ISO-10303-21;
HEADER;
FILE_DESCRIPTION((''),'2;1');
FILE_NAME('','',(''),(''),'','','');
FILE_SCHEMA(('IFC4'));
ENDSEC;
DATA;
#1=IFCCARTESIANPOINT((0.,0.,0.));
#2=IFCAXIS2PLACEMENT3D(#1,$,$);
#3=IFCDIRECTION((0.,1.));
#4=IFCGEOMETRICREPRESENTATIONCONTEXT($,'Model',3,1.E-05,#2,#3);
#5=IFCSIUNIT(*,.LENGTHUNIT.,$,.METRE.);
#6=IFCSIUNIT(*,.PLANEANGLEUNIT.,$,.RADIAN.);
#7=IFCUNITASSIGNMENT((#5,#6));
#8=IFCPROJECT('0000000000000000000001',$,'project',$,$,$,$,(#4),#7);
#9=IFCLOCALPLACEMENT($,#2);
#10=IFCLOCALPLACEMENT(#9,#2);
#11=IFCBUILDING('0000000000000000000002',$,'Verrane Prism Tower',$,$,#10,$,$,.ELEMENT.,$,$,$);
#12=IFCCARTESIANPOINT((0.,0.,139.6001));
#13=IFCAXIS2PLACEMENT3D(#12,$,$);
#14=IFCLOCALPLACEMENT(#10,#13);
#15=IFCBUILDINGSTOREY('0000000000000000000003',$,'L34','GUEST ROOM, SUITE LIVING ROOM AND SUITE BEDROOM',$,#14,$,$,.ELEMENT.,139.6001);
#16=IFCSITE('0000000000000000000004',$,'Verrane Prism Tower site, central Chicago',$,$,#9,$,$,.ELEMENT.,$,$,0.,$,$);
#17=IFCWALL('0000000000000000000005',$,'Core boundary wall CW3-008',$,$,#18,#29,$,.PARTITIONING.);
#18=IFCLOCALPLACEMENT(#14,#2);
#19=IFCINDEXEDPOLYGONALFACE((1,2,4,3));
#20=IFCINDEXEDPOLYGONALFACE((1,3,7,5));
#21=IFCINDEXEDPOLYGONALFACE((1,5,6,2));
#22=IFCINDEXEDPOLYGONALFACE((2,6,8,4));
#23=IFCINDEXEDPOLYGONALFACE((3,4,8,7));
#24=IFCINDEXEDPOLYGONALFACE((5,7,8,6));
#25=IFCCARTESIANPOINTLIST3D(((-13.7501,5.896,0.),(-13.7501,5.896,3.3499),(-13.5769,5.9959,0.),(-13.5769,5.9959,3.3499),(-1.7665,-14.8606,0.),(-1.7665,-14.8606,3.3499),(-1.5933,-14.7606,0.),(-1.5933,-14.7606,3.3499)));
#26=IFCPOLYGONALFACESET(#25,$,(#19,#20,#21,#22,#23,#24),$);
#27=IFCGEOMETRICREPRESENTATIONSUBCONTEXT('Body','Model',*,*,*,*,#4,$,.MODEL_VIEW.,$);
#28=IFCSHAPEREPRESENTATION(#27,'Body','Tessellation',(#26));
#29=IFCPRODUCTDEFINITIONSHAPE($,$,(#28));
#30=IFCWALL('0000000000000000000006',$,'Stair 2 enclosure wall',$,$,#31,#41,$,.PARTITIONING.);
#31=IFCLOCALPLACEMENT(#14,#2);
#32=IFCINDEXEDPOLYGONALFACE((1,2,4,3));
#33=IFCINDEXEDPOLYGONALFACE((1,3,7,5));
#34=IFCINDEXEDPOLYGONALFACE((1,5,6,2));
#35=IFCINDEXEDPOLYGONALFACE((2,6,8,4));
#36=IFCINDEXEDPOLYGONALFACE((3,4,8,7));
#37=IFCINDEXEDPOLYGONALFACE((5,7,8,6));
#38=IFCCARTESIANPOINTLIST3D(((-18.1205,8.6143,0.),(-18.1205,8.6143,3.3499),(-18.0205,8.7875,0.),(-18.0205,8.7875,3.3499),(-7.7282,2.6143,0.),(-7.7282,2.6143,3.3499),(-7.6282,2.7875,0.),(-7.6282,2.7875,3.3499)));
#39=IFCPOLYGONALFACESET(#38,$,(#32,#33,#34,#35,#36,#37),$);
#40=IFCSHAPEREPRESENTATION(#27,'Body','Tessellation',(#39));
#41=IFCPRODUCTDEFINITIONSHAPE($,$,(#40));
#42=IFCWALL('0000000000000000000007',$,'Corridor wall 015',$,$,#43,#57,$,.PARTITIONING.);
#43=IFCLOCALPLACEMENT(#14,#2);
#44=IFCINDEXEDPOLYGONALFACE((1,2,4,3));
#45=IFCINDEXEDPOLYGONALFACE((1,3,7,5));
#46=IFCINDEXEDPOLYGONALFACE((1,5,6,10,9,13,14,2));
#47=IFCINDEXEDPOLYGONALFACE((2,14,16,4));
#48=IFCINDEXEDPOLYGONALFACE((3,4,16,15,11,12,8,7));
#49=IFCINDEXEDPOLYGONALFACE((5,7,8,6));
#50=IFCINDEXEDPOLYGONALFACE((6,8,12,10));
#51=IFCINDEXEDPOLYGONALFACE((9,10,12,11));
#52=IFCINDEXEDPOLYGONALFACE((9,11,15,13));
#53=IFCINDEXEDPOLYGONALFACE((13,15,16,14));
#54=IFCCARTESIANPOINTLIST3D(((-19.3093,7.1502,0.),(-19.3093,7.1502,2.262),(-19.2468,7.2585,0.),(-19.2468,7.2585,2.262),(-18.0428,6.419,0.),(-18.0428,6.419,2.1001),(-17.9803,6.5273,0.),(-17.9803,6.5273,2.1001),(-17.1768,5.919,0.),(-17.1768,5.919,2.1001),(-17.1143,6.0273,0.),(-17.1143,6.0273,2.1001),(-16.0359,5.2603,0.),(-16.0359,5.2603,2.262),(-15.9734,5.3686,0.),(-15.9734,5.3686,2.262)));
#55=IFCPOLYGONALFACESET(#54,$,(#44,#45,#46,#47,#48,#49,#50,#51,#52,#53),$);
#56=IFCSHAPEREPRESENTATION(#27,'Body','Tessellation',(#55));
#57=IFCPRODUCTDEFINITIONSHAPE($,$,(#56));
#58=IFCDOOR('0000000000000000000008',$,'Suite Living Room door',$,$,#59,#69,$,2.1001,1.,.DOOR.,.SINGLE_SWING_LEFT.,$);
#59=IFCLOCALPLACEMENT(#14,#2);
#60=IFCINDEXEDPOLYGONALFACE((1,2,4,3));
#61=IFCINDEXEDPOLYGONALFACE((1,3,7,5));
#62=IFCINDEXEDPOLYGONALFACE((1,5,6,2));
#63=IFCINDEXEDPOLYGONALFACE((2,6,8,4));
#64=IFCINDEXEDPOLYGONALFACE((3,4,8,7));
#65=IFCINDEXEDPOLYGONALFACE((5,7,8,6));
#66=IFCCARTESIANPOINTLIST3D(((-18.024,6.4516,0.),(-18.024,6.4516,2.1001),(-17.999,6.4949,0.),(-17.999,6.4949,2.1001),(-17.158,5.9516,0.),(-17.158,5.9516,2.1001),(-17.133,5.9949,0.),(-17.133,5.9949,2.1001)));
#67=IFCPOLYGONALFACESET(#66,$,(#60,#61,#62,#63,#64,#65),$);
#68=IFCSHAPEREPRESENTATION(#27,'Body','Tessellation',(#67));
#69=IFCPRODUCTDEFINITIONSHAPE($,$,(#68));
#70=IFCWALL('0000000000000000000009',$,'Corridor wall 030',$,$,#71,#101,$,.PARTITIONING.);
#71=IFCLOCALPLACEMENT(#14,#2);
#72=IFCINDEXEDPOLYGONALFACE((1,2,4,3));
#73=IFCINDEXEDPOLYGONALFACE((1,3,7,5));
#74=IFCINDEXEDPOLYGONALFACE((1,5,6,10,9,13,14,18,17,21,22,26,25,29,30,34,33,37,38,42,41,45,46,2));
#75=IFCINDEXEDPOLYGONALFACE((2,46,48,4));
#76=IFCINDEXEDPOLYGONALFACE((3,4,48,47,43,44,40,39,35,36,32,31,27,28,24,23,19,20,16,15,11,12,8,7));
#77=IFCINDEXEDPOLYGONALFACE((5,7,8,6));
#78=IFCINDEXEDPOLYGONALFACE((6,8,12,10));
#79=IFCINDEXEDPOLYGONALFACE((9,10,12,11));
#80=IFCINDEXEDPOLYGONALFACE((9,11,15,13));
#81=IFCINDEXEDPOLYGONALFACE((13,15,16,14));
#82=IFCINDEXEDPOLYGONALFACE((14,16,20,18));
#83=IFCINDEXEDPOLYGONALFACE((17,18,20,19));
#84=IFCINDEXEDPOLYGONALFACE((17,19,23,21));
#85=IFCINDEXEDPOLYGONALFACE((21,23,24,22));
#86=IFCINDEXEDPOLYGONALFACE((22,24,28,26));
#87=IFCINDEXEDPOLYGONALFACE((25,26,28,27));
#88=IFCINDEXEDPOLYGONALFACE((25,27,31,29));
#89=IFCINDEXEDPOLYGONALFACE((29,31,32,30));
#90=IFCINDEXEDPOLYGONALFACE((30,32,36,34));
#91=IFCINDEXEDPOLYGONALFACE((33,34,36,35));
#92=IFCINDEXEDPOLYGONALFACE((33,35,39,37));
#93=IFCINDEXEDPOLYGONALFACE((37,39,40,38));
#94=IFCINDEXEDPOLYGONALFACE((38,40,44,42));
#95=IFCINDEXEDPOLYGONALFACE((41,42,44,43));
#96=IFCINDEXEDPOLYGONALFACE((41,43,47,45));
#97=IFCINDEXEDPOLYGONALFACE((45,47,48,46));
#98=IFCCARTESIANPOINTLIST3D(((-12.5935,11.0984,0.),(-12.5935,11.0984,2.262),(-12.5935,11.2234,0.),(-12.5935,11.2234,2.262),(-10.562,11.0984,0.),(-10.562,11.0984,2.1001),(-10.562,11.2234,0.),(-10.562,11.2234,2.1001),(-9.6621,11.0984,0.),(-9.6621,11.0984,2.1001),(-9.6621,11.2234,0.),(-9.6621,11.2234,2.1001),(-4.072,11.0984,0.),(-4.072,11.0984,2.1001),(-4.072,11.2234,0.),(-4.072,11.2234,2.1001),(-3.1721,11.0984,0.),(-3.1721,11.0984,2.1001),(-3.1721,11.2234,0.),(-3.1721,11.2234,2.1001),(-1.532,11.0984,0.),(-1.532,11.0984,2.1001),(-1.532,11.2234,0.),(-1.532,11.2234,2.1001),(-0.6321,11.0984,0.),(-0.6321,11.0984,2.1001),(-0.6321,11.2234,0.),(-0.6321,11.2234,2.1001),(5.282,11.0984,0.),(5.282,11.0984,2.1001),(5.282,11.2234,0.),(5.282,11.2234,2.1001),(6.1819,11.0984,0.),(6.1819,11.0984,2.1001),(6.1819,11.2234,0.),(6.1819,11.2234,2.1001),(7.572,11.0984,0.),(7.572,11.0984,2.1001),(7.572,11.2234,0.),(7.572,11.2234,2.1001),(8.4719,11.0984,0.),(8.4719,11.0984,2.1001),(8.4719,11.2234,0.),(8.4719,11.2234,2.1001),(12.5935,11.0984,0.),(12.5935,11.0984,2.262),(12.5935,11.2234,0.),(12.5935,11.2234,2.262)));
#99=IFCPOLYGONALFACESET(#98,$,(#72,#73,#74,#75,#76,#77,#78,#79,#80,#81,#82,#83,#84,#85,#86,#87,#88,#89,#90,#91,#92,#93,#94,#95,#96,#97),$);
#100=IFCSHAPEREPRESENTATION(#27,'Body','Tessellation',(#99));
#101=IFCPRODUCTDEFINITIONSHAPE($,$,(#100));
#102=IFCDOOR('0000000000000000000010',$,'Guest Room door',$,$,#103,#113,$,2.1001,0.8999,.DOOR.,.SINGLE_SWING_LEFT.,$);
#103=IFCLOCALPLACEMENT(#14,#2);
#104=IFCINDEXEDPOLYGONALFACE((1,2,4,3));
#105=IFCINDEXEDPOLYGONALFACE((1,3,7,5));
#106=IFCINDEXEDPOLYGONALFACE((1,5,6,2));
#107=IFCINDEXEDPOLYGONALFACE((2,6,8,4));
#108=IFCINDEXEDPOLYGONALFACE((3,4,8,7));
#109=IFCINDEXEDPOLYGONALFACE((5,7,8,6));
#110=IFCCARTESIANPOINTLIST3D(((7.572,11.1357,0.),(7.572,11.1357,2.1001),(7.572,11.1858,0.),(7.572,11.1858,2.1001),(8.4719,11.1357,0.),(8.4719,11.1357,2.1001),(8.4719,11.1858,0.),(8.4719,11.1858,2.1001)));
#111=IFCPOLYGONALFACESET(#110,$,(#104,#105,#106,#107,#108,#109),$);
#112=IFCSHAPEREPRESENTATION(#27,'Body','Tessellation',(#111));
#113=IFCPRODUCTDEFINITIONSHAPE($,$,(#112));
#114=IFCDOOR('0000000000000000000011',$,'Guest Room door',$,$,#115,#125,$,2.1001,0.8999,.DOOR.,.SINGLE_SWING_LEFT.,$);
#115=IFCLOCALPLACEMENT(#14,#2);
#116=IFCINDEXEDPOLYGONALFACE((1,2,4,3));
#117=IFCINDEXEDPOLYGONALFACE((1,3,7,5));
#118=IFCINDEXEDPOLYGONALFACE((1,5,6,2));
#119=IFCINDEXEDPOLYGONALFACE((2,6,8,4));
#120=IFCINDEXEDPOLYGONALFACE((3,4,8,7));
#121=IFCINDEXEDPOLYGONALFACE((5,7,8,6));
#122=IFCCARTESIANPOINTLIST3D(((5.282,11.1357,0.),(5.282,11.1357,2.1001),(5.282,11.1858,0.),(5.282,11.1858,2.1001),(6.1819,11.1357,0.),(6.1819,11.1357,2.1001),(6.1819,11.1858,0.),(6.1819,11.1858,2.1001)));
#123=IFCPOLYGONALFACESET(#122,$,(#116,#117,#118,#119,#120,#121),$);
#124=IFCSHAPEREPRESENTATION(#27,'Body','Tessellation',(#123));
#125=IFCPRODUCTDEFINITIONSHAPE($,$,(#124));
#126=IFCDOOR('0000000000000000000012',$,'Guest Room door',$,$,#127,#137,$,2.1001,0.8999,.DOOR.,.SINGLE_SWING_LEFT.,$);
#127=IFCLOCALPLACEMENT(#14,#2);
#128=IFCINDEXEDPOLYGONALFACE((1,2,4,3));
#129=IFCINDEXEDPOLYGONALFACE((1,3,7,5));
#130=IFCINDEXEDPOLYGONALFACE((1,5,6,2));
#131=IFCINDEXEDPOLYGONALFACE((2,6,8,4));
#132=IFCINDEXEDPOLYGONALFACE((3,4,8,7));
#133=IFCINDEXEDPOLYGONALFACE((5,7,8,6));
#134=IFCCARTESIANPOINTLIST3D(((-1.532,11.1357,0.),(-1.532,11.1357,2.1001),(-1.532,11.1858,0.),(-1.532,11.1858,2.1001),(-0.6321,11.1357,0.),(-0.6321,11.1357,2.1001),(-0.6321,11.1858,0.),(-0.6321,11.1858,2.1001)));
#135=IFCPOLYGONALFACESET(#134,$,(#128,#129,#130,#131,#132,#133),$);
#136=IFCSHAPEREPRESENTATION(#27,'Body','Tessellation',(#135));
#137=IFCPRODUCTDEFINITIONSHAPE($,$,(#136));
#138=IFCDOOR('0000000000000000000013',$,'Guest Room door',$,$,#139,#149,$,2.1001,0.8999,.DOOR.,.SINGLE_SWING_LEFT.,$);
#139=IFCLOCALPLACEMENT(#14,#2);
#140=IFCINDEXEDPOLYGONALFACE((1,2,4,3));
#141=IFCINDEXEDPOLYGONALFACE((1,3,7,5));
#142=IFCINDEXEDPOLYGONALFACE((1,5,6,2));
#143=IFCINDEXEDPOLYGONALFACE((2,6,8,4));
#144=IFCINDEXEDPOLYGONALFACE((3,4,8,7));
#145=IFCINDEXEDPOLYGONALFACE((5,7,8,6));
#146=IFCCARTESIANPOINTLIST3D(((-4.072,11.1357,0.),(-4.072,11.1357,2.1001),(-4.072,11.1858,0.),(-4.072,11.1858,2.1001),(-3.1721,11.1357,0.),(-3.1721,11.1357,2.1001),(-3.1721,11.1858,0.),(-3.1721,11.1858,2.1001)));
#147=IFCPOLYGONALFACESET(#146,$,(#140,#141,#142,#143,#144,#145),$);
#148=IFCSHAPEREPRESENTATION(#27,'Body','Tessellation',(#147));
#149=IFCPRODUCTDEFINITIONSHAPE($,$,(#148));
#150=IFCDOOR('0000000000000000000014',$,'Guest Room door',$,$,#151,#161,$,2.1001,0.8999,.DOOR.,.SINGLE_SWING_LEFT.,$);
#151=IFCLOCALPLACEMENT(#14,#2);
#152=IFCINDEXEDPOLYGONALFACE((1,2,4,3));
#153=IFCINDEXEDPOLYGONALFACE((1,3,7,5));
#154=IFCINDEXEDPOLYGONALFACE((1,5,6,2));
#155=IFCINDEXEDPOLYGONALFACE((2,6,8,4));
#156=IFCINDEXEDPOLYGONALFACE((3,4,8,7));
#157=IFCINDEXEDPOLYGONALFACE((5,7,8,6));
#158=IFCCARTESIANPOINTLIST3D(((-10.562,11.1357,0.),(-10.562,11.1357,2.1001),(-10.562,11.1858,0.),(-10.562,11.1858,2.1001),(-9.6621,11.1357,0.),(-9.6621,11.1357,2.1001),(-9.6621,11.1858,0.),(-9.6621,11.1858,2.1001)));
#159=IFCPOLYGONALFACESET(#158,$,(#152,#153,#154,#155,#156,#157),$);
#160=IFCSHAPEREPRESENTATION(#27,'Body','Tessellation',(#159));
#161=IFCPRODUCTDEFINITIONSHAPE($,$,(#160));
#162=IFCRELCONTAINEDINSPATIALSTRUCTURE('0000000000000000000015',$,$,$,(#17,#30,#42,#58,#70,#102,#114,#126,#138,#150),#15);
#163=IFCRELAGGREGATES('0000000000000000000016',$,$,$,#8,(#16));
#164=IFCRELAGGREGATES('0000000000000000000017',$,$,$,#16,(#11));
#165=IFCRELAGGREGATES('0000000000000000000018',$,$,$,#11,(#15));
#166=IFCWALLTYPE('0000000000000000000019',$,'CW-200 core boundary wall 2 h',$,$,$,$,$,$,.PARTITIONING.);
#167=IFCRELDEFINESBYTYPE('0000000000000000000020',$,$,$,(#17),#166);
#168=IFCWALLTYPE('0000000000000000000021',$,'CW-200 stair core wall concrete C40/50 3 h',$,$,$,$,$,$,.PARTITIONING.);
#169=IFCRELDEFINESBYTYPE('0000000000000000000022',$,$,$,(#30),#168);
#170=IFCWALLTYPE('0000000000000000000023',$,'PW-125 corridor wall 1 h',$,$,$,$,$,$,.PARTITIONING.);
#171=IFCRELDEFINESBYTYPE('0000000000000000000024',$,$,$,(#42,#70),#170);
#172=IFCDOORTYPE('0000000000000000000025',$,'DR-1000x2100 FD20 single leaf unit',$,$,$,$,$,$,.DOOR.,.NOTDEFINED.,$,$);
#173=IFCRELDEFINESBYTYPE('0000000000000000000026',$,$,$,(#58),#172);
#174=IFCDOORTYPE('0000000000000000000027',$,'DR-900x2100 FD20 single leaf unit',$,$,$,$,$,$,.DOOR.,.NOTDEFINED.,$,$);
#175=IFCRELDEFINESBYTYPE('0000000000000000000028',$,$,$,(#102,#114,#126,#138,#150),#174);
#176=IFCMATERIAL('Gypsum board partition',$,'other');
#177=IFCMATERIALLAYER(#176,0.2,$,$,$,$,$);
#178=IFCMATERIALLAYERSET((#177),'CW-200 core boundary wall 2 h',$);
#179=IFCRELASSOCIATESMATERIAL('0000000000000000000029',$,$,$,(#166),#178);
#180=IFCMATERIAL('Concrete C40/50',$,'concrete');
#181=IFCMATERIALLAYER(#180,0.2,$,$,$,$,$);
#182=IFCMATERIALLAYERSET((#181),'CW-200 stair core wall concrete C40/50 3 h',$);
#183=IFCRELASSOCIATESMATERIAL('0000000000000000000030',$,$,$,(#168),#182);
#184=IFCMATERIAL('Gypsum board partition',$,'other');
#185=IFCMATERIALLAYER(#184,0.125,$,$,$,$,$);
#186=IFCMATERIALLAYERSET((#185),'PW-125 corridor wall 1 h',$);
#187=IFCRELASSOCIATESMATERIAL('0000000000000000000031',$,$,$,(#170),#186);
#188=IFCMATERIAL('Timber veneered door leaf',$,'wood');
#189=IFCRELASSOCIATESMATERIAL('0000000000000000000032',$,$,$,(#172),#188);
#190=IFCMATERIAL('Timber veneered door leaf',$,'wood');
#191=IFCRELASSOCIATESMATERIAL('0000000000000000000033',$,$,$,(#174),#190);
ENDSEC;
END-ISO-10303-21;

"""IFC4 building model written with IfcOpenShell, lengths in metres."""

from ifc_helpers import new_model, si_unit, direction, frame, frame_2d, origin, place, context, subcontext, project, spatial, rectangle, extrude, material, layer, layer_set, type_object, element, fill, save


model = new_model("IFC4")

# Units and contexts
model_context = context("Model", 3, precision=1e-05, world=origin(), true_north=direction((0.0, 1.0)))
body_context = subcontext(model_context, "Body", "Model", "MODEL_VIEW")
ifc_project = project(units=[si_unit("LENGTHUNIT", "METRE"), si_unit("PLANEANGLEUNIT", "RADIAN")], contexts=[model_context])

# Site, building, storey
site_placement = place(None, origin())
site = spatial("IfcSite", under=ifc_project, at=site_placement, Name="Verrane Prism Tower site, central Chicago", CompositionType="ELEMENT", RefElevation=0.0)
building_placement = place(site_placement, origin())
building = spatial("IfcBuilding", under=site, at=building_placement, Name="Verrane Prism Tower", CompositionType="ELEMENT")
storey_placement = place(building_placement, frame((0.0, 0.0, 139.6001)))
storey = spatial("IfcBuildingStorey", under=building, at=storey_placement, Name="L34", Description="GUEST ROOM, SUITE LIVING ROOM AND SUITE BEDROOM", CompositionType="ELEMENT", Elevation=139.6001)

# Walls
ifc_material_1 = material(Name="Gypsum board partition", Category="other")
ifc_layer_1 = layer(ifc_material_1, 0.2)
ifc_layer_set_1 = layer_set([ifc_layer_1], Name="CW-200 core boundary wall 2 h")
wall_type_1 = type_object("IfcWallType", Name="CW-200 core boundary wall 2 h", PredefinedType="PARTITIONING", material=ifc_layer_set_1)
wall_1_placement = place(storey_placement, frame((-13.6636, 5.946, 0.0), z_axis=(0.0, 0.0, 1.0), x_axis=(0.499994, -0.866029, 0.0)))
element("IfcWall", 1, at=wall_1_placement, inside=storey, type_object=wall_type_1, Name="Core boundary wall CW3-008", PredefinedType="PARTITIONING", context=body_context, shape_type="SweptSolid", body=[
    extrude(rectangle(XDim=23.9675, YDim=0.2, at=frame_2d((11.9839, 0.0))), origin(), (0.0, 0.0, 1.0), 3.3499),
])
ifc_material_2 = material(Name="Concrete C40/50", Category="concrete")
ifc_layer_2 = layer(ifc_material_2, 0.2)
ifc_layer_set_2 = layer_set([ifc_layer_2], Name="CW-200 stair core wall concrete C40/50 3 h")
wall_type_2 = type_object("IfcWallType", Name="CW-200 stair core wall concrete C40/50 3 h", PredefinedType="PARTITIONING", material=ifc_layer_set_2)
wall_2_placement = place(storey_placement, frame((-7.6782, 2.7009, 0.0), z_axis=(0.0, 0.0, 1.0), x_axis=(-0.866026, 0.499999, 0.0)))
element("IfcWall", 2, at=wall_2_placement, inside=storey, type_object=wall_type_2, Name="Stair 2 enclosure wall", PredefinedType="PARTITIONING", context=body_context, shape_type="SweptSolid", body=[
    extrude(rectangle(XDim=12.0, YDim=0.2, at=frame_2d((6.0, 0.0))), origin(), (0.0, 0.0, 1.0), 3.3499),
])

# Wall, opening, door
ifc_material_3 = material(Name="Gypsum board partition", Category="other")
ifc_layer_3 = layer(ifc_material_3, 0.125)
ifc_layer_set_3 = layer_set([ifc_layer_3], Name="PW-125 corridor wall 1 h")
wall_type_3 = type_object("IfcWallType", Name="PW-125 corridor wall 1 h", PredefinedType="PARTITIONING", material=ifc_layer_set_3)
wall_3_placement = place(storey_placement, frame((-16.0046, 5.3145, 0.0), z_axis=(0.0, 0.0, 1.0), x_axis=(-0.866029, 0.499995, 0.0)))
wall_3 = element("IfcWall", 3, at=wall_3_placement, inside=storey, type_object=wall_type_3, Name="Corridor wall 015", PredefinedType="PARTITIONING", context=body_context, shape_type="SweptSolid", body=[
    extrude(rectangle(XDim=3.7798, YDim=0.125, at=frame_2d((1.8899, 0.0))), origin(), (0.0, 0.0, 1.0), 2.262),
])
opening_1_placement = place(wall_3_placement, frame((1.3174, 0.0, 0.0)))
opening_1 = element("IfcOpeningElement", 4, at=opening_1_placement, cuts=wall_3, PredefinedType="OPENING", context=body_context, shape_type="SweptSolid", body=[
    extrude(rectangle(XDim=1.0, YDim=2.1001, at=frame_2d((0.5, 1.05))), frame((0.0, 0.0725, 0.0), z_axis=(0.0, -1.0, 0.0), x_axis=(1.0, 0.0, 0.0)), (0.0, 0.0, 1.0), 0.145),
])
ifc_material_4 = material(Name="Timber veneered door leaf", Category="wood")
door_type_1 = type_object("IfcDoorType", Name="DR-1000x2100 FD20 single leaf unit", OperationType="NOTDEFINED", PredefinedType="DOOR", material=ifc_material_4)
door_1_placement = place(opening_1_placement, origin())
door_1 = element("IfcDoor", 5, at=door_1_placement, inside=storey, type_object=door_type_1, Name="Suite Living Room door", OperationType="SINGLE_SWING_LEFT", OverallHeight=2.1001, OverallWidth=1.0, PredefinedType="DOOR", context=body_context, shape_type="SweptSolid", body=[
    extrude(rectangle(XDim=1.0, YDim=2.1001, at=frame_2d((0.5, 1.05))), frame((0.0, 0.0249, 0.0), z_axis=(0.0, -1.0, 0.0), x_axis=(1.0, 0.0, 0.0)), (0.0, 0.0, 1.0), 0.05),
])
fill(opening_1, door_1)

# Wall, openings, doors
wall_4_placement = place(storey_placement, frame((-12.5935, 11.1609, 0.0), z_axis=(0.0, 0.0, 1.0), x_axis=(1.0, 0.0, 0.0)))
wall_4 = element("IfcWall", 6, at=wall_4_placement, inside=storey, type_object=wall_type_3, Name="Corridor wall 030", PredefinedType="PARTITIONING", context=body_context, shape_type="SweptSolid", body=[
    extrude(rectangle(XDim=25.187, YDim=0.125, at=frame_2d((12.5935, 0.0))), origin(), (0.0, 0.0, 1.0), 2.262),
])
opening_2_placement = place(wall_4_placement, frame((20.1655, 0.0, 0.0)))
opening_2 = element("IfcOpeningElement", 7, at=opening_2_placement, cuts=wall_4, PredefinedType="OPENING", context=body_context, shape_type="SweptSolid", body=[
    extrude(rectangle(XDim=0.8999, YDim=2.1001, at=frame_2d((0.45, 1.05))), frame((0.0, 0.0725, 0.0), z_axis=(0.0, -1.0, 0.0), x_axis=(1.0, 0.0, 0.0)), (0.0, 0.0, 1.0), 0.145),
])
opening_3_placement = place(wall_4_placement, frame((17.8755, 0.0, 0.0)))
opening_3 = element("IfcOpeningElement", 8, at=opening_3_placement, cuts=wall_4, PredefinedType="OPENING", context=body_context, shape_type="SweptSolid", body=[
    extrude(rectangle(XDim=0.8999, YDim=2.1001, at=frame_2d((0.45, 1.05))), frame((0.0, 0.0725, 0.0), z_axis=(0.0, -1.0, 0.0), x_axis=(1.0, 0.0, 0.0)), (0.0, 0.0, 1.0), 0.145),
])
opening_4_placement = place(wall_4_placement, frame((11.0615, 0.0, 0.0)))
opening_4 = element("IfcOpeningElement", 9, at=opening_4_placement, cuts=wall_4, PredefinedType="OPENING", context=body_context, shape_type="SweptSolid", body=[
    extrude(rectangle(XDim=0.8999, YDim=2.1001, at=frame_2d((0.45, 1.05))), frame((0.0, 0.0725, 0.0), z_axis=(0.0, -1.0, 0.0), x_axis=(1.0, 0.0, 0.0)), (0.0, 0.0, 1.0), 0.145),
])
opening_5_placement = place(wall_4_placement, frame((8.5215, 0.0, 0.0)))
opening_5 = element("IfcOpeningElement", 10, at=opening_5_placement, cuts=wall_4, PredefinedType="OPENING", context=body_context, shape_type="SweptSolid", body=[
    extrude(rectangle(XDim=0.8999, YDim=2.1001, at=frame_2d((0.45, 1.05))), frame((0.0, 0.0725, 0.0), z_axis=(0.0, -1.0, 0.0), x_axis=(1.0, 0.0, 0.0)), (0.0, 0.0, 1.0), 0.145),
])
opening_6_placement = place(wall_4_placement, frame((2.0315, 0.0, 0.0)))
opening_6 = element("IfcOpeningElement", 11, at=opening_6_placement, cuts=wall_4, PredefinedType="OPENING", context=body_context, shape_type="SweptSolid", body=[
    extrude(rectangle(XDim=0.8999, YDim=2.1001, at=frame_2d((0.45, 1.05))), frame((0.0, 0.0725, 0.0), z_axis=(0.0, -1.0, 0.0), x_axis=(1.0, 0.0, 0.0)), (0.0, 0.0, 1.0), 0.145),
])
ifc_material_5 = material(Name="Timber veneered door leaf", Category="wood")
door_type_2 = type_object("IfcDoorType", Name="DR-900x2100 FD20 single leaf unit", OperationType="NOTDEFINED", PredefinedType="DOOR", material=ifc_material_5)
door_2_placement = place(opening_2_placement, origin())
door_2 = element("IfcDoor", 12, at=door_2_placement, inside=storey, type_object=door_type_2, Name="Guest Room door", OperationType="SINGLE_SWING_LEFT", OverallHeight=2.1001, OverallWidth=0.8999, PredefinedType="DOOR", context=body_context, shape_type="SweptSolid", body=[
    extrude(rectangle(XDim=0.8999, YDim=2.1001, at=frame_2d((0.45, 1.05))), frame((0.0, 0.0249, 0.0), z_axis=(0.0, -1.0, 0.0), x_axis=(1.0, 0.0, 0.0)), (0.0, 0.0, 1.0), 0.05),
])
fill(opening_2, door_2)
door_3_placement = place(opening_3_placement, origin())
door_3 = element("IfcDoor", 13, at=door_3_placement, inside=storey, type_object=door_type_2, Name="Guest Room door", OperationType="SINGLE_SWING_LEFT", OverallHeight=2.1001, OverallWidth=0.8999, PredefinedType="DOOR", context=body_context, shape_type="SweptSolid", body=[
    extrude(rectangle(XDim=0.8999, YDim=2.1001, at=frame_2d((0.45, 1.05))), frame((0.0, 0.0249, 0.0), z_axis=(0.0, -1.0, 0.0), x_axis=(1.0, 0.0, 0.0)), (0.0, 0.0, 1.0), 0.05),
])
fill(opening_3, door_3)
door_4_placement = place(opening_4_placement, origin())
door_4 = element("IfcDoor", 14, at=door_4_placement, inside=storey, type_object=door_type_2, Name="Guest Room door", OperationType="SINGLE_SWING_LEFT", OverallHeight=2.1001, OverallWidth=0.8999, PredefinedType="DOOR", context=body_context, shape_type="SweptSolid", body=[
    extrude(rectangle(XDim=0.8999, YDim=2.1001, at=frame_2d((0.45, 1.05))), frame((0.0, 0.0249, 0.0), z_axis=(0.0, -1.0, 0.0), x_axis=(1.0, 0.0, 0.0)), (0.0, 0.0, 1.0), 0.05),
])
fill(opening_4, door_4)
door_5_placement = place(opening_5_placement, origin())
door_5 = element("IfcDoor", 15, at=door_5_placement, inside=storey, type_object=door_type_2, Name="Guest Room door", OperationType="SINGLE_SWING_LEFT", OverallHeight=2.1001, OverallWidth=0.8999, PredefinedType="DOOR", context=body_context, shape_type="SweptSolid", body=[
    extrude(rectangle(XDim=0.8999, YDim=2.1001, at=frame_2d((0.45, 1.05))), frame((0.0, 0.0249, 0.0), z_axis=(0.0, -1.0, 0.0), x_axis=(1.0, 0.0, 0.0)), (0.0, 0.0, 1.0), 0.05),
])
fill(opening_5, door_5)
door_6_placement = place(opening_6_placement, origin())
door_6 = element("IfcDoor", 16, at=door_6_placement, inside=storey, type_object=door_type_2, Name="Guest Room door", OperationType="SINGLE_SWING_LEFT", OverallHeight=2.1001, OverallWidth=0.8999, PredefinedType="DOOR", context=body_context, shape_type="SweptSolid", body=[
    extrude(rectangle(XDim=0.8999, YDim=2.1001, at=frame_2d((0.45, 1.05))), frame((0.0, 0.0249, 0.0), z_axis=(0.0, -1.0, 0.0), x_axis=(1.0, 0.0, 0.0)), (0.0, 0.0, 1.0), 0.05),
])
fill(opening_6, door_6)

save(model, "model.ifc")
